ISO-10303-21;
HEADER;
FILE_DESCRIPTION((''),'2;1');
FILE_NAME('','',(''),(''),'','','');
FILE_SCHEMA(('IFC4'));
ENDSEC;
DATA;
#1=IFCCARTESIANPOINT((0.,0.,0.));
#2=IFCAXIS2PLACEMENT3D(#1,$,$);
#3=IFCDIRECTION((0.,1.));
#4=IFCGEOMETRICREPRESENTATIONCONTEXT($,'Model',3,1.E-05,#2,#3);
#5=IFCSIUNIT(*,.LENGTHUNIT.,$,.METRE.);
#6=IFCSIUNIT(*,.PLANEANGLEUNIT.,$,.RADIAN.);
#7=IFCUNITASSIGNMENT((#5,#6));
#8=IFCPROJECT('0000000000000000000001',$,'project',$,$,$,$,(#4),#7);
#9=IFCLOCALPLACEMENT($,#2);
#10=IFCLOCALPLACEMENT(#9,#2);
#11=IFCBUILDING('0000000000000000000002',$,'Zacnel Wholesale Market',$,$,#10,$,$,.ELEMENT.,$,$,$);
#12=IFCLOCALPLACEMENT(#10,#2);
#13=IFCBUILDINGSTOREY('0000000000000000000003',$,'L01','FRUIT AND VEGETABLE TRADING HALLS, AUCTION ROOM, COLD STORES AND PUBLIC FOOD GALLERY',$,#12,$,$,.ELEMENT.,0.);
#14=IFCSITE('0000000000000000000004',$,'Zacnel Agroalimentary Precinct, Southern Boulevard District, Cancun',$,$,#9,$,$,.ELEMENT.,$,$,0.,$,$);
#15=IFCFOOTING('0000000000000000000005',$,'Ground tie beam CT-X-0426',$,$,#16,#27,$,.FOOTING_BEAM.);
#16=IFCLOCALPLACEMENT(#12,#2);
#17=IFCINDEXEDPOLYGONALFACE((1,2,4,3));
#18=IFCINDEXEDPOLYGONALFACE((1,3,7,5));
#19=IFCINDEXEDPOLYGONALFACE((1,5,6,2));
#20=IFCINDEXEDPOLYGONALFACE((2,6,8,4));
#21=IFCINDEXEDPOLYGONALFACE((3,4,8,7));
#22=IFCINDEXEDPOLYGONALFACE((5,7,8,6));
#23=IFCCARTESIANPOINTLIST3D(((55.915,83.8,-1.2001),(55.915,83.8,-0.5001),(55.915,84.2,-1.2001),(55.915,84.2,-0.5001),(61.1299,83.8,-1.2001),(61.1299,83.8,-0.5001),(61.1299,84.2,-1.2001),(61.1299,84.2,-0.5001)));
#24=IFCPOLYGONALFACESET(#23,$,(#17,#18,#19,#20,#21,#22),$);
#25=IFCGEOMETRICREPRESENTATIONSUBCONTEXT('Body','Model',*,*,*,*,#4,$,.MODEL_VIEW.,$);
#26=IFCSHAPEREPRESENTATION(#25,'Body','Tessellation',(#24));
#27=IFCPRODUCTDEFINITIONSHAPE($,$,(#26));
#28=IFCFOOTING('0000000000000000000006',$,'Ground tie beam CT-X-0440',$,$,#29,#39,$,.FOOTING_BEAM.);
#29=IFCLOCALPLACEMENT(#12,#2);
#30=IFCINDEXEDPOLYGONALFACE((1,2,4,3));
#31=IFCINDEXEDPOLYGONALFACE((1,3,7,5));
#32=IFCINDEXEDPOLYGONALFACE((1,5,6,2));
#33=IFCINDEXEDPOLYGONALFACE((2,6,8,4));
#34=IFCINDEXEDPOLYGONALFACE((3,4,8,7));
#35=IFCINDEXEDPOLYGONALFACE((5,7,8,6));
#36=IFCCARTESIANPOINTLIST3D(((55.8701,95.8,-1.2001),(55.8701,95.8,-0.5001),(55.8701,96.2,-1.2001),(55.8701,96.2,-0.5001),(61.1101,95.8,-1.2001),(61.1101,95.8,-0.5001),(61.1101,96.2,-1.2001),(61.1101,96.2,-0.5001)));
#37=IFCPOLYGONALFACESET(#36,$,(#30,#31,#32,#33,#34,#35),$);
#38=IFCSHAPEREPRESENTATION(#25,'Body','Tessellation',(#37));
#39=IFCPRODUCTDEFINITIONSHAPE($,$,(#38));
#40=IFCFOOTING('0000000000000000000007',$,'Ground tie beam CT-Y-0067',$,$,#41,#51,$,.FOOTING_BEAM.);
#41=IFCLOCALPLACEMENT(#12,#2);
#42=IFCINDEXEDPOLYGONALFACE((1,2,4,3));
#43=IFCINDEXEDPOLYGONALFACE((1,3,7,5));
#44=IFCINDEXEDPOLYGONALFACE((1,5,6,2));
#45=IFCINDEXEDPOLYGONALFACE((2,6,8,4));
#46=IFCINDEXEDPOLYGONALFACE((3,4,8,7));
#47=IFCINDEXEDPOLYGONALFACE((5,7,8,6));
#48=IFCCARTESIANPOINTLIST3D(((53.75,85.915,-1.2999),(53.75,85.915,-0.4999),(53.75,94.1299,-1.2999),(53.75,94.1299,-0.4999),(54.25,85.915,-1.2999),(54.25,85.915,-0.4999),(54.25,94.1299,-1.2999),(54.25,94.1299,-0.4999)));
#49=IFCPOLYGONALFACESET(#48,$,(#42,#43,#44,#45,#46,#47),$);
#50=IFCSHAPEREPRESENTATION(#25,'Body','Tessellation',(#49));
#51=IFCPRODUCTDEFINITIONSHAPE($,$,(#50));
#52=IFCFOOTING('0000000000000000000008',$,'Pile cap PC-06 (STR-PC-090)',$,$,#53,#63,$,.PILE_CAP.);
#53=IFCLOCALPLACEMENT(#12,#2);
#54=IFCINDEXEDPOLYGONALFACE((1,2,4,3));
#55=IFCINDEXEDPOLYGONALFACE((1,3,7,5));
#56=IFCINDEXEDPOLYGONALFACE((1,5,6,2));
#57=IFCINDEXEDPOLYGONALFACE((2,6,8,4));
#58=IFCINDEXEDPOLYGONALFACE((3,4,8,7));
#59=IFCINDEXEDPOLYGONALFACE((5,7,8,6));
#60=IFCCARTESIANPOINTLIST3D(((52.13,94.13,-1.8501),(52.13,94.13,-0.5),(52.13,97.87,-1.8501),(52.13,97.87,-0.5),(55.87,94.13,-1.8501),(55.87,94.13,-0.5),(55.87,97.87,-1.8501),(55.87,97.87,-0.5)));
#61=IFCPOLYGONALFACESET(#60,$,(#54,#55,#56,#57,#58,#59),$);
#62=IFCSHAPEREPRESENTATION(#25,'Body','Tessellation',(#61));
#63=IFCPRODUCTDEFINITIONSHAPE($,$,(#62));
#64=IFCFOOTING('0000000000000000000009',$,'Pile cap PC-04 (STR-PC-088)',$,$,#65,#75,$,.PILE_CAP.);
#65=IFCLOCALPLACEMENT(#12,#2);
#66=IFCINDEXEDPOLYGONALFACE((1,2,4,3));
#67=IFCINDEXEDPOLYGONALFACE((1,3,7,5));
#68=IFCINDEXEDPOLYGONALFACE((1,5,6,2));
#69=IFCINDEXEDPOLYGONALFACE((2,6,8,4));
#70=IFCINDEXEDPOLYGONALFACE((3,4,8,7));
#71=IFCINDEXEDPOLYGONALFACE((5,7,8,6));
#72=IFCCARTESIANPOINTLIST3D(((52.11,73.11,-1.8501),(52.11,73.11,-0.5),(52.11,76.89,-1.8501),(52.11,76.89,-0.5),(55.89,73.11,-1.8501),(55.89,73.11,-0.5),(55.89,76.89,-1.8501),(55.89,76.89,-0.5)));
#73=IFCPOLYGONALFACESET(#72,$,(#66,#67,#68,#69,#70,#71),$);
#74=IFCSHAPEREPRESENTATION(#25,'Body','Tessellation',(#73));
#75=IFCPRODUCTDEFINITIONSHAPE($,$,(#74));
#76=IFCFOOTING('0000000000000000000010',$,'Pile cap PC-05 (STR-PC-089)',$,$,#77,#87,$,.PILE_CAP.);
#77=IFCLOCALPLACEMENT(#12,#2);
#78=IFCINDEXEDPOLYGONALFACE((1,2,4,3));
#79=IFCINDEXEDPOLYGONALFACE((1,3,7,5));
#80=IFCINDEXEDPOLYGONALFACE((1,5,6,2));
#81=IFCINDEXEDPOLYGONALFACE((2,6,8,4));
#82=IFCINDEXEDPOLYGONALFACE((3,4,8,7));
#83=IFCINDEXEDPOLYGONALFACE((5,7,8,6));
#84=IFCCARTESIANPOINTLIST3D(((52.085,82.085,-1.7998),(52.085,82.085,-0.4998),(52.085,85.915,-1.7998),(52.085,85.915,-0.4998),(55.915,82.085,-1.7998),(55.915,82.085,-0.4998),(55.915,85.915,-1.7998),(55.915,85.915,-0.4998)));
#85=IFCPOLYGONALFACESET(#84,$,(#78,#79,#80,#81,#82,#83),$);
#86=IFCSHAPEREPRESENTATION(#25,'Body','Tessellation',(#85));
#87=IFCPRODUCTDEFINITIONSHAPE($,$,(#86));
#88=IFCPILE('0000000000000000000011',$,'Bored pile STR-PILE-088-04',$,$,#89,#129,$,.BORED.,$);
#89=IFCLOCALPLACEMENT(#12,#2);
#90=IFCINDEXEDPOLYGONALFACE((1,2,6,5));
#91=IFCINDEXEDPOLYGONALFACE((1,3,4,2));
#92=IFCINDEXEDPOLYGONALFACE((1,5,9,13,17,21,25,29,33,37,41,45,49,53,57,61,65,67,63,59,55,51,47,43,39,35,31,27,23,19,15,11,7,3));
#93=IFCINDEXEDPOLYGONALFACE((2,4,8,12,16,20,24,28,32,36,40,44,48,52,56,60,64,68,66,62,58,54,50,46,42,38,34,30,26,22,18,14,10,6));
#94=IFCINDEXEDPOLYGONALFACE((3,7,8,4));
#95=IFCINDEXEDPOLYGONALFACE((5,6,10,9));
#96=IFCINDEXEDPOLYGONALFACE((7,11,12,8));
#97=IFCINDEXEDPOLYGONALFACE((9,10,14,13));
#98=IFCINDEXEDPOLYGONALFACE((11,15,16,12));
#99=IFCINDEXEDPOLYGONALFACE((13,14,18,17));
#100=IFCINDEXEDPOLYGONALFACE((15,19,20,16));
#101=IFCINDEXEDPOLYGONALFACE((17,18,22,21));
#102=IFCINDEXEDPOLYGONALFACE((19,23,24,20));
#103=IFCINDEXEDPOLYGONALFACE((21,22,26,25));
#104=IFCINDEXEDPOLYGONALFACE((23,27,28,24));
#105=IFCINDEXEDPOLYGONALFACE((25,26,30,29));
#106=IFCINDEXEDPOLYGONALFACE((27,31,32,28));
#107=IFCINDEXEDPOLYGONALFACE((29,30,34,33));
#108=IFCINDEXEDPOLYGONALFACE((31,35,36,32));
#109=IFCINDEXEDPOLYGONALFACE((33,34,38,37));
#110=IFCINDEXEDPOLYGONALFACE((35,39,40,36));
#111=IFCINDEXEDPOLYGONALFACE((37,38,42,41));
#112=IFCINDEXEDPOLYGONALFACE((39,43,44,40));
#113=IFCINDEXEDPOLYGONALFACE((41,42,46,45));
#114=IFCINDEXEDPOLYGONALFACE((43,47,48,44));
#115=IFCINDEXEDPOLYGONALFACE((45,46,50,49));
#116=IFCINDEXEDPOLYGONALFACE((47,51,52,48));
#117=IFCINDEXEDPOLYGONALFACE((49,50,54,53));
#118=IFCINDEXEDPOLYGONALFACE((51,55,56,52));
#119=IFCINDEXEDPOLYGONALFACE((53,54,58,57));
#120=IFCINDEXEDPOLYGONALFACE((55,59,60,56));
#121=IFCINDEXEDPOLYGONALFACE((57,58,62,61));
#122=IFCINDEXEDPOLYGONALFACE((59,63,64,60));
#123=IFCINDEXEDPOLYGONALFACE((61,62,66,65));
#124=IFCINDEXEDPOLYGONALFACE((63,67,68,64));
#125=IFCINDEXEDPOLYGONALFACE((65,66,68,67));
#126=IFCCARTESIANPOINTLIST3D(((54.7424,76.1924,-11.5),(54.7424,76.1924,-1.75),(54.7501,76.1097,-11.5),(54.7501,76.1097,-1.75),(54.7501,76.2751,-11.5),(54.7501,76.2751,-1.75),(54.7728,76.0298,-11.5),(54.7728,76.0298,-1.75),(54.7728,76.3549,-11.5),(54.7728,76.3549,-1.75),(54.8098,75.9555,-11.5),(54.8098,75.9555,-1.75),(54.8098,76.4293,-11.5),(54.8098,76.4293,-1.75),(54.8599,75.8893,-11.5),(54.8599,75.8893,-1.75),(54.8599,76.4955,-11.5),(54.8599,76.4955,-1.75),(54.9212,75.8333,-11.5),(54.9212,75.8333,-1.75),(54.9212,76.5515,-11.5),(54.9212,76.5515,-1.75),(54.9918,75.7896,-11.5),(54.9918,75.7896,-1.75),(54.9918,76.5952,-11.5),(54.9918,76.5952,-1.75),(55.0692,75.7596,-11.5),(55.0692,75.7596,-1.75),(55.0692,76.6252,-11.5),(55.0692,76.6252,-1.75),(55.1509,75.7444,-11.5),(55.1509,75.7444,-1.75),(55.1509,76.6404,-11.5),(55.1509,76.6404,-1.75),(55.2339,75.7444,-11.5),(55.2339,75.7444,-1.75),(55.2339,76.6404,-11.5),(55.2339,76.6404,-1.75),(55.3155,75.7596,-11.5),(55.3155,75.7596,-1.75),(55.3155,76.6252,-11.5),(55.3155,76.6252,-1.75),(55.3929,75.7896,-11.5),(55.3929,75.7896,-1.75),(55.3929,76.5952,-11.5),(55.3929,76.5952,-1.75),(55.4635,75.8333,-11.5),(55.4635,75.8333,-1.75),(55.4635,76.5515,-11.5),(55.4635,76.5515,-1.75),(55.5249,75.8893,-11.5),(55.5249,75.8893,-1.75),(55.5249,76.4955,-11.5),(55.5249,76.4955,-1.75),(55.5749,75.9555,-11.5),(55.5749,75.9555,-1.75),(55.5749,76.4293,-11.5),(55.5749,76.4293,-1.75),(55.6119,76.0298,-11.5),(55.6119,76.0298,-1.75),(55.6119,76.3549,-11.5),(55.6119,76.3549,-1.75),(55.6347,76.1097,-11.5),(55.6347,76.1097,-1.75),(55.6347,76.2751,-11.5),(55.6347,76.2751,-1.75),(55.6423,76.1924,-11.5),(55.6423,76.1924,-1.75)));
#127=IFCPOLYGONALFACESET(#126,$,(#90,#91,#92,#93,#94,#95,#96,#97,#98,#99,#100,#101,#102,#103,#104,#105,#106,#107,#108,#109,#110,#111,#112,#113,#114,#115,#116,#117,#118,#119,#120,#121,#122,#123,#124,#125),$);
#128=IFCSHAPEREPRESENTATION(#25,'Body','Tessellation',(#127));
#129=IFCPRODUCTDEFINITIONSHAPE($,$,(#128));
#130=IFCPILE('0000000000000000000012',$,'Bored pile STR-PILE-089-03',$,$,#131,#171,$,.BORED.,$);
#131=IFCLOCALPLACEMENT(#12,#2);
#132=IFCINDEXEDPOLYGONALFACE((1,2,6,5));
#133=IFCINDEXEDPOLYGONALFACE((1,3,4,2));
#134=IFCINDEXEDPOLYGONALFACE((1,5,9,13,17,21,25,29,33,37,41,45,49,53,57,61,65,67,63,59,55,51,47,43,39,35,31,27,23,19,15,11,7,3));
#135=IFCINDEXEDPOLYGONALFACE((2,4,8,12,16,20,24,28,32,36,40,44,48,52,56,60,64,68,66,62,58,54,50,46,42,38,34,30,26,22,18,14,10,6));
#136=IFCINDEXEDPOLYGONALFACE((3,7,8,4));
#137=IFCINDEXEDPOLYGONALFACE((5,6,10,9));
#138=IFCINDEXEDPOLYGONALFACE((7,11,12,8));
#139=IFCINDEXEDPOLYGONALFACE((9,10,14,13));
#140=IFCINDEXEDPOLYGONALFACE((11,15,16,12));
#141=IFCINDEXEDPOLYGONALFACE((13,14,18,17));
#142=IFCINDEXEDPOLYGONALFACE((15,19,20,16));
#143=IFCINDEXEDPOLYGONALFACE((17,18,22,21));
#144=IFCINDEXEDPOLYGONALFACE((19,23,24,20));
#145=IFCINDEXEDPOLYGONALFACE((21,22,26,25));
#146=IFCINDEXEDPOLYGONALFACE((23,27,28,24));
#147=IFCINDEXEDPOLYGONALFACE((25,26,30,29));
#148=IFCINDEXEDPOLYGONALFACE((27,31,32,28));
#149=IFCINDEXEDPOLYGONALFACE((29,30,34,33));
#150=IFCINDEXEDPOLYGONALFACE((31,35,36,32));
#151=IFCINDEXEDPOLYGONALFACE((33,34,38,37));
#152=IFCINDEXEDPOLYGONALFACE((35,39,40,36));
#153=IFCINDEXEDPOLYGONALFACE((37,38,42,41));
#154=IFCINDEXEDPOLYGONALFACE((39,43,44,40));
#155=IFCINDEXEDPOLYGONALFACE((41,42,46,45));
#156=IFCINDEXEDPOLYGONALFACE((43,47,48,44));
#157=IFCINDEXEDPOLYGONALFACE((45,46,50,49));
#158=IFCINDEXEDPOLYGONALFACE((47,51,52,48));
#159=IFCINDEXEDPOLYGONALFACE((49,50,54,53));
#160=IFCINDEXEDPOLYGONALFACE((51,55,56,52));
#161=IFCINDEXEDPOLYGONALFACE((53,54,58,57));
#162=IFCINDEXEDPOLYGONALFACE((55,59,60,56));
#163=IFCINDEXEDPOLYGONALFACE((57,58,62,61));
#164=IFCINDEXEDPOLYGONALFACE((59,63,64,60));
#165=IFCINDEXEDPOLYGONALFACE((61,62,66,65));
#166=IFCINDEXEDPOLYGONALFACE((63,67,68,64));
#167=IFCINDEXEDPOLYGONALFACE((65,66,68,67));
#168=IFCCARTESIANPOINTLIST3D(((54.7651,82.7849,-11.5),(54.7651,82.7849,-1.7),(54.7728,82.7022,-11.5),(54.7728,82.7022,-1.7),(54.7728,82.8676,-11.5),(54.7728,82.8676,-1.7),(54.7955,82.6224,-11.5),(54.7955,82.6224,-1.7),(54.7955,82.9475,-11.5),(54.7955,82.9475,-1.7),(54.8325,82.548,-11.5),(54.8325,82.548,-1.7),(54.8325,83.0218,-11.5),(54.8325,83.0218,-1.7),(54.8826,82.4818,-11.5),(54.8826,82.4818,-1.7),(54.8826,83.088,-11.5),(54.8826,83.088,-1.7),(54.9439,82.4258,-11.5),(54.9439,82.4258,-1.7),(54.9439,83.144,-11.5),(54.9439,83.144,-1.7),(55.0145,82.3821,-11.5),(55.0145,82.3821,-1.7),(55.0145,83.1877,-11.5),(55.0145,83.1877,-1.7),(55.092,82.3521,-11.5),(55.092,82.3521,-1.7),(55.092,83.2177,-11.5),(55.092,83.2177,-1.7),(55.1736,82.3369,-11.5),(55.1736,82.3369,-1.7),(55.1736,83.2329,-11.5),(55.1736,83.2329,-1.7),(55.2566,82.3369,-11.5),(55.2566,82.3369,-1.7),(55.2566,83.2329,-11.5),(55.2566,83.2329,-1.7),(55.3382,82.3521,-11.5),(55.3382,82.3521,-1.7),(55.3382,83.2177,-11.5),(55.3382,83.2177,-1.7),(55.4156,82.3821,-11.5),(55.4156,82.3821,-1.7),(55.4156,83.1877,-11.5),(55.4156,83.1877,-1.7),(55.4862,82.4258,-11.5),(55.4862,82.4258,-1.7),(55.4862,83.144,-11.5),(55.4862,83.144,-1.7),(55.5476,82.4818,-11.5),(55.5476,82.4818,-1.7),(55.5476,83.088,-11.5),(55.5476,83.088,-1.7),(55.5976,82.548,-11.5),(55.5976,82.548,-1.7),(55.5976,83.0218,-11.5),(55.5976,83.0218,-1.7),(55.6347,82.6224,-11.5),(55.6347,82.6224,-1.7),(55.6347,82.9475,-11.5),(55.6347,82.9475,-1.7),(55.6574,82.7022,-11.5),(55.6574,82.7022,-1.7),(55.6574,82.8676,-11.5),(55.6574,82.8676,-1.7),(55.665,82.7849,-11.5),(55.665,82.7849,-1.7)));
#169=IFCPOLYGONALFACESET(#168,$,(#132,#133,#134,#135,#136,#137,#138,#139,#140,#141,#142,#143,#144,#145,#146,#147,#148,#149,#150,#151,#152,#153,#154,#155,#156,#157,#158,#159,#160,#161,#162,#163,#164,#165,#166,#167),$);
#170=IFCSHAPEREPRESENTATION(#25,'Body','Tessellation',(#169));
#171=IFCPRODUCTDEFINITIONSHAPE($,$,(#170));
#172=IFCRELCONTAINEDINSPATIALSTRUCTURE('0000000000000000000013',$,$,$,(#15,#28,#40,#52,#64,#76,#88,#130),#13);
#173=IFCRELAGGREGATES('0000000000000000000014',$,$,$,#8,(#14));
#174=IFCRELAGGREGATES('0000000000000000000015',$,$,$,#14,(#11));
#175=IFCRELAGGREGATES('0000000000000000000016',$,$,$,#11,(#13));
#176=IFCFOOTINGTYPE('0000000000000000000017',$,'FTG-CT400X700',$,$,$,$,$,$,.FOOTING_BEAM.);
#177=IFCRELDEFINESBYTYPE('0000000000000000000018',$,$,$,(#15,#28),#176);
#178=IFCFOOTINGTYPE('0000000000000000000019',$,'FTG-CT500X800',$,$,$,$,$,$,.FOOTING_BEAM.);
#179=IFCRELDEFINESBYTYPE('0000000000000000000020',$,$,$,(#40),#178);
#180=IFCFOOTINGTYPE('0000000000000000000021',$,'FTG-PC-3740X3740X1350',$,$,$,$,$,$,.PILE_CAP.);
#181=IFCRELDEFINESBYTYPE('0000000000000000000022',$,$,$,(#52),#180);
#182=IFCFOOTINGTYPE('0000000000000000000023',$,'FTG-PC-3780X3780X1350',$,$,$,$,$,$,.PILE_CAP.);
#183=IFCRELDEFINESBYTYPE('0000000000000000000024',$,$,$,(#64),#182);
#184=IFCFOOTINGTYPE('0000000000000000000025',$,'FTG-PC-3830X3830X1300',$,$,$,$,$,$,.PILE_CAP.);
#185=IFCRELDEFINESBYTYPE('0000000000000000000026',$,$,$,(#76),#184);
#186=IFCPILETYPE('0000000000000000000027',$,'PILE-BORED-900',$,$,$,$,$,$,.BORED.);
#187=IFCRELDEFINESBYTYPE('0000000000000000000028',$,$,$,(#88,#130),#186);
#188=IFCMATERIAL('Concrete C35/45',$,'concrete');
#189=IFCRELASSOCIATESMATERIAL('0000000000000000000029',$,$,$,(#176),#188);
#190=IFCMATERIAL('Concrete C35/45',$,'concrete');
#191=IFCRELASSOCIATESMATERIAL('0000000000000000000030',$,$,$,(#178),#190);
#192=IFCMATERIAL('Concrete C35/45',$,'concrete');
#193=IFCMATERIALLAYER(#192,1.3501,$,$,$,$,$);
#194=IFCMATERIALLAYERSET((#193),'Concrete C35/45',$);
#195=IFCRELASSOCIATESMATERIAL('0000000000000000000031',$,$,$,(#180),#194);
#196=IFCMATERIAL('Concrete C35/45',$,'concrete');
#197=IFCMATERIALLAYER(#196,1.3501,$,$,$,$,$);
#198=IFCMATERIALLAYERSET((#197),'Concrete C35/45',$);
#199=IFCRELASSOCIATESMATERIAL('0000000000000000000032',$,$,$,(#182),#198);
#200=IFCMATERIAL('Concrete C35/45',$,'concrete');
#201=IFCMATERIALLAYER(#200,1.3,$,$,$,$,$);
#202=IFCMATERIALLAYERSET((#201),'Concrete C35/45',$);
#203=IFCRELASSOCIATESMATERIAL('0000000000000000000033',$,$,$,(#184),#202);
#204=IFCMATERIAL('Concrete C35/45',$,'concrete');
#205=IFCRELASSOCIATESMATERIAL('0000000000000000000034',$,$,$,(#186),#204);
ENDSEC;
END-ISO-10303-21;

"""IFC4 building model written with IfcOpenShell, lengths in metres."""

from ifc_helpers import new_model, si_unit, direction, frame, origin, origin_2d, place, context, subcontext, project, spatial, rectangle, circle, extrude, material, layer, layer_set, material_profile, profile_set, type_object, element, save


model = new_model("IFC4")

# Units and contexts
model_context = context("Model", 3, precision=1e-05, world=origin(), true_north=direction((0.0, 1.0)))
body_context = subcontext(model_context, "Body", "Model", "MODEL_VIEW")
ifc_project = project(units=[si_unit("LENGTHUNIT", "METRE"), si_unit("PLANEANGLEUNIT", "RADIAN")], contexts=[model_context])

# Site, building, storey
site_placement = place(None, origin())
site = spatial("IfcSite", under=ifc_project, at=site_placement, Name="Zacnel Agroalimentary Precinct, Southern Boulevard District, Cancun", CompositionType="ELEMENT", RefElevation=0.0)
building_placement = place(site_placement, origin())
building = spatial("IfcBuilding", under=site, at=building_placement, Name="Zacnel Wholesale Market", CompositionType="ELEMENT")
storey_placement = place(building_placement, origin())
storey = spatial("IfcBuildingStorey", under=building, at=storey_placement, Name="L01", Description="FRUIT AND VEGETABLE TRADING HALLS, AUCTION ROOM, COLD STORES AND PUBLIC FOOD GALLERY", CompositionType="ELEMENT", Elevation=0.0)

# Footings
ifc_material_1 = material(Name="Concrete C35/45", Category="concrete")
ifc_material_profile_1 = material_profile(ifc_material_1, rectangle(XDim=0.3999, YDim=0.7, at=origin_2d()), Name="CT 400x700")
ifc_profile_set_1 = profile_set([ifc_material_profile_1], Name="Concrete C35/45")
footing_type_1 = type_object("IfcFootingType", Name="FTG-CT400X700", PredefinedType="FOOTING_BEAM", material=ifc_profile_set_1)
footing_1_placement = place(storey_placement, frame((55.915, 84.0, -0.8501), z_axis=(1.0, 0.0, 0.0), x_axis=(0.0, 1.0, 0.0)))
element("IfcFooting", 1, at=footing_1_placement, inside=storey, type_object=footing_type_1, Name="Ground tie beam CT-X-0426", PredefinedType="FOOTING_BEAM", context=body_context, shape_type="SweptSolid", body=[
    extrude(rectangle(XDim=0.3999, YDim=0.7, at=origin_2d()), origin(), (0.0, 0.0, 1.0), 5.2148),
])
footing_2_placement = place(storey_placement, frame((55.8701, 96.0, -0.8501), z_axis=(1.0, 0.0, 0.0), x_axis=(0.0, 1.0, 0.0)))
element("IfcFooting", 2, at=footing_2_placement, inside=storey, type_object=footing_type_1, Name="Ground tie beam CT-X-0440", PredefinedType="FOOTING_BEAM", context=body_context, shape_type="SweptSolid", body=[
    extrude(rectangle(XDim=0.3999, YDim=0.7, at=origin_2d()), origin(), (0.0, 0.0, 1.0), 5.24),
])
ifc_material_2 = material(Name="Concrete C35/45", Category="concrete")
ifc_material_profile_2 = material_profile(ifc_material_2, rectangle(XDim=0.5, YDim=0.8, at=origin_2d()), Name="CT 500x800")
ifc_profile_set_2 = profile_set([ifc_material_profile_2], Name="Concrete C35/45")
footing_type_2 = type_object("IfcFootingType", Name="FTG-CT500X800", PredefinedType="FOOTING_BEAM", material=ifc_profile_set_2)
footing_3_placement = place(storey_placement, frame((54.0, 85.915, -0.8999), z_axis=(0.0, 1.0, 0.0), x_axis=(-1.0, 0.0, 0.0)))
element("IfcFooting", 3, at=footing_3_placement, inside=storey, type_object=footing_type_2, Name="Ground tie beam CT-Y-0067", PredefinedType="FOOTING_BEAM", context=body_context, shape_type="SweptSolid", body=[
    extrude(rectangle(XDim=0.5, YDim=0.8, at=origin_2d()), origin(), (0.0, 0.0, 1.0), 8.2148),
])
ifc_material_3 = material(Name="Concrete C35/45", Category="concrete")
ifc_layer_1 = layer(ifc_material_3, 1.3501)
ifc_layer_set_1 = layer_set([ifc_layer_1], Name="Concrete C35/45")
footing_type_3 = type_object("IfcFootingType", Name="FTG-PC-3740X3740X1350", PredefinedType="PILE_CAP", material=ifc_layer_set_1)
footing_4_placement = place(storey_placement, frame((54.0, 96.0, -1.8501), z_axis=(0.0, 0.0, 1.0), x_axis=(1.0, 0.0, 0.0)))
element("IfcFooting", 4, at=footing_4_placement, inside=storey, type_object=footing_type_3, Name="Pile cap PC-06 (STR-PC-090)", PredefinedType="PILE_CAP", context=body_context, shape_type="SweptSolid", body=[
    extrude(rectangle(XDim=3.74, YDim=3.74, at=origin_2d()), origin(), (0.0, 0.0, 1.0), 1.3501),
])
ifc_material_4 = material(Name="Concrete C35/45", Category="concrete")
ifc_layer_2 = layer(ifc_material_4, 1.3501)
ifc_layer_set_2 = layer_set([ifc_layer_2], Name="Concrete C35/45")
footing_type_4 = type_object("IfcFootingType", Name="FTG-PC-3780X3780X1350", PredefinedType="PILE_CAP", material=ifc_layer_set_2)
footing_5_placement = place(storey_placement, frame((54.0, 75.0, -1.8501), z_axis=(0.0, 0.0, 1.0), x_axis=(1.0, 0.0, 0.0)))
element("IfcFooting", 5, at=footing_5_placement, inside=storey, type_object=footing_type_4, Name="Pile cap PC-04 (STR-PC-088)", PredefinedType="PILE_CAP", context=body_context, shape_type="SweptSolid", body=[
    extrude(rectangle(XDim=3.78, YDim=3.78, at=origin_2d()), origin(), (0.0, 0.0, 1.0), 1.3501),
])
ifc_material_5 = material(Name="Concrete C35/45", Category="concrete")
ifc_layer_3 = layer(ifc_material_5, 1.3)
ifc_layer_set_3 = layer_set([ifc_layer_3], Name="Concrete C35/45")
footing_type_5 = type_object("IfcFootingType", Name="FTG-PC-3830X3830X1300", PredefinedType="PILE_CAP", material=ifc_layer_set_3)
footing_6_placement = place(storey_placement, frame((54.0, 84.0, -1.7998), z_axis=(0.0, 0.0, 1.0), x_axis=(1.0, 0.0, 0.0)))
element("IfcFooting", 6, at=footing_6_placement, inside=storey, type_object=footing_type_5, Name="Pile cap PC-05 (STR-PC-089)", PredefinedType="PILE_CAP", context=body_context, shape_type="SweptSolid", body=[
    extrude(rectangle(XDim=3.8301, YDim=3.8301, at=origin_2d()), origin(), (0.0, 0.0, 1.0), 1.3),
])

# Piles
ifc_material_6 = material(Name="Concrete C35/45", Category="concrete")
ifc_material_profile_3 = material_profile(ifc_material_6, circle(Radius=0.45, at=origin_2d()), Name="BORED PILE D900")
ifc_profile_set_3 = profile_set([ifc_material_profile_3], Name="Concrete C35/45")
pile_type = type_object("IfcPileType", Name="PILE-BORED-900", PredefinedType="BORED", material=ifc_profile_set_3)
pile_1_placement = place(storey_placement, frame((55.1924, 76.1924, -1.75), z_axis=(0.0, 0.0, -1.0), x_axis=(1.0, 0.0, 0.0)))
element("IfcPile", 7, at=pile_1_placement, inside=storey, type_object=pile_type, Name="Bored pile STR-PILE-088-04", PredefinedType="BORED", context=body_context, shape_type="SweptSolid", body=[
    extrude(circle(Radius=0.45, at=origin_2d()), origin(), (0.0, 0.0, 1.0), 9.75),
])
for number, where, z_axis, x_axis, name in (
    (8, (55.2151, 82.7849, -1.7), (0.0, 0.0, -1.0), (1.0, 0.0, 0.0), "Bored pile STR-PILE-089-03"),
):
    element("IfcPile", number, at=place(storey_placement, frame(where, z_axis=z_axis, x_axis=x_axis)), inside=storey, type_object=pile_type, Name=name, PredefinedType="BORED", context=body_context, shape_type="SweptSolid", body=[
        extrude(circle(Radius=0.45, at=origin_2d()), origin(), (0.0, 0.0, 1.0), 9.8),
    ])

save(model, "model.ifc")
